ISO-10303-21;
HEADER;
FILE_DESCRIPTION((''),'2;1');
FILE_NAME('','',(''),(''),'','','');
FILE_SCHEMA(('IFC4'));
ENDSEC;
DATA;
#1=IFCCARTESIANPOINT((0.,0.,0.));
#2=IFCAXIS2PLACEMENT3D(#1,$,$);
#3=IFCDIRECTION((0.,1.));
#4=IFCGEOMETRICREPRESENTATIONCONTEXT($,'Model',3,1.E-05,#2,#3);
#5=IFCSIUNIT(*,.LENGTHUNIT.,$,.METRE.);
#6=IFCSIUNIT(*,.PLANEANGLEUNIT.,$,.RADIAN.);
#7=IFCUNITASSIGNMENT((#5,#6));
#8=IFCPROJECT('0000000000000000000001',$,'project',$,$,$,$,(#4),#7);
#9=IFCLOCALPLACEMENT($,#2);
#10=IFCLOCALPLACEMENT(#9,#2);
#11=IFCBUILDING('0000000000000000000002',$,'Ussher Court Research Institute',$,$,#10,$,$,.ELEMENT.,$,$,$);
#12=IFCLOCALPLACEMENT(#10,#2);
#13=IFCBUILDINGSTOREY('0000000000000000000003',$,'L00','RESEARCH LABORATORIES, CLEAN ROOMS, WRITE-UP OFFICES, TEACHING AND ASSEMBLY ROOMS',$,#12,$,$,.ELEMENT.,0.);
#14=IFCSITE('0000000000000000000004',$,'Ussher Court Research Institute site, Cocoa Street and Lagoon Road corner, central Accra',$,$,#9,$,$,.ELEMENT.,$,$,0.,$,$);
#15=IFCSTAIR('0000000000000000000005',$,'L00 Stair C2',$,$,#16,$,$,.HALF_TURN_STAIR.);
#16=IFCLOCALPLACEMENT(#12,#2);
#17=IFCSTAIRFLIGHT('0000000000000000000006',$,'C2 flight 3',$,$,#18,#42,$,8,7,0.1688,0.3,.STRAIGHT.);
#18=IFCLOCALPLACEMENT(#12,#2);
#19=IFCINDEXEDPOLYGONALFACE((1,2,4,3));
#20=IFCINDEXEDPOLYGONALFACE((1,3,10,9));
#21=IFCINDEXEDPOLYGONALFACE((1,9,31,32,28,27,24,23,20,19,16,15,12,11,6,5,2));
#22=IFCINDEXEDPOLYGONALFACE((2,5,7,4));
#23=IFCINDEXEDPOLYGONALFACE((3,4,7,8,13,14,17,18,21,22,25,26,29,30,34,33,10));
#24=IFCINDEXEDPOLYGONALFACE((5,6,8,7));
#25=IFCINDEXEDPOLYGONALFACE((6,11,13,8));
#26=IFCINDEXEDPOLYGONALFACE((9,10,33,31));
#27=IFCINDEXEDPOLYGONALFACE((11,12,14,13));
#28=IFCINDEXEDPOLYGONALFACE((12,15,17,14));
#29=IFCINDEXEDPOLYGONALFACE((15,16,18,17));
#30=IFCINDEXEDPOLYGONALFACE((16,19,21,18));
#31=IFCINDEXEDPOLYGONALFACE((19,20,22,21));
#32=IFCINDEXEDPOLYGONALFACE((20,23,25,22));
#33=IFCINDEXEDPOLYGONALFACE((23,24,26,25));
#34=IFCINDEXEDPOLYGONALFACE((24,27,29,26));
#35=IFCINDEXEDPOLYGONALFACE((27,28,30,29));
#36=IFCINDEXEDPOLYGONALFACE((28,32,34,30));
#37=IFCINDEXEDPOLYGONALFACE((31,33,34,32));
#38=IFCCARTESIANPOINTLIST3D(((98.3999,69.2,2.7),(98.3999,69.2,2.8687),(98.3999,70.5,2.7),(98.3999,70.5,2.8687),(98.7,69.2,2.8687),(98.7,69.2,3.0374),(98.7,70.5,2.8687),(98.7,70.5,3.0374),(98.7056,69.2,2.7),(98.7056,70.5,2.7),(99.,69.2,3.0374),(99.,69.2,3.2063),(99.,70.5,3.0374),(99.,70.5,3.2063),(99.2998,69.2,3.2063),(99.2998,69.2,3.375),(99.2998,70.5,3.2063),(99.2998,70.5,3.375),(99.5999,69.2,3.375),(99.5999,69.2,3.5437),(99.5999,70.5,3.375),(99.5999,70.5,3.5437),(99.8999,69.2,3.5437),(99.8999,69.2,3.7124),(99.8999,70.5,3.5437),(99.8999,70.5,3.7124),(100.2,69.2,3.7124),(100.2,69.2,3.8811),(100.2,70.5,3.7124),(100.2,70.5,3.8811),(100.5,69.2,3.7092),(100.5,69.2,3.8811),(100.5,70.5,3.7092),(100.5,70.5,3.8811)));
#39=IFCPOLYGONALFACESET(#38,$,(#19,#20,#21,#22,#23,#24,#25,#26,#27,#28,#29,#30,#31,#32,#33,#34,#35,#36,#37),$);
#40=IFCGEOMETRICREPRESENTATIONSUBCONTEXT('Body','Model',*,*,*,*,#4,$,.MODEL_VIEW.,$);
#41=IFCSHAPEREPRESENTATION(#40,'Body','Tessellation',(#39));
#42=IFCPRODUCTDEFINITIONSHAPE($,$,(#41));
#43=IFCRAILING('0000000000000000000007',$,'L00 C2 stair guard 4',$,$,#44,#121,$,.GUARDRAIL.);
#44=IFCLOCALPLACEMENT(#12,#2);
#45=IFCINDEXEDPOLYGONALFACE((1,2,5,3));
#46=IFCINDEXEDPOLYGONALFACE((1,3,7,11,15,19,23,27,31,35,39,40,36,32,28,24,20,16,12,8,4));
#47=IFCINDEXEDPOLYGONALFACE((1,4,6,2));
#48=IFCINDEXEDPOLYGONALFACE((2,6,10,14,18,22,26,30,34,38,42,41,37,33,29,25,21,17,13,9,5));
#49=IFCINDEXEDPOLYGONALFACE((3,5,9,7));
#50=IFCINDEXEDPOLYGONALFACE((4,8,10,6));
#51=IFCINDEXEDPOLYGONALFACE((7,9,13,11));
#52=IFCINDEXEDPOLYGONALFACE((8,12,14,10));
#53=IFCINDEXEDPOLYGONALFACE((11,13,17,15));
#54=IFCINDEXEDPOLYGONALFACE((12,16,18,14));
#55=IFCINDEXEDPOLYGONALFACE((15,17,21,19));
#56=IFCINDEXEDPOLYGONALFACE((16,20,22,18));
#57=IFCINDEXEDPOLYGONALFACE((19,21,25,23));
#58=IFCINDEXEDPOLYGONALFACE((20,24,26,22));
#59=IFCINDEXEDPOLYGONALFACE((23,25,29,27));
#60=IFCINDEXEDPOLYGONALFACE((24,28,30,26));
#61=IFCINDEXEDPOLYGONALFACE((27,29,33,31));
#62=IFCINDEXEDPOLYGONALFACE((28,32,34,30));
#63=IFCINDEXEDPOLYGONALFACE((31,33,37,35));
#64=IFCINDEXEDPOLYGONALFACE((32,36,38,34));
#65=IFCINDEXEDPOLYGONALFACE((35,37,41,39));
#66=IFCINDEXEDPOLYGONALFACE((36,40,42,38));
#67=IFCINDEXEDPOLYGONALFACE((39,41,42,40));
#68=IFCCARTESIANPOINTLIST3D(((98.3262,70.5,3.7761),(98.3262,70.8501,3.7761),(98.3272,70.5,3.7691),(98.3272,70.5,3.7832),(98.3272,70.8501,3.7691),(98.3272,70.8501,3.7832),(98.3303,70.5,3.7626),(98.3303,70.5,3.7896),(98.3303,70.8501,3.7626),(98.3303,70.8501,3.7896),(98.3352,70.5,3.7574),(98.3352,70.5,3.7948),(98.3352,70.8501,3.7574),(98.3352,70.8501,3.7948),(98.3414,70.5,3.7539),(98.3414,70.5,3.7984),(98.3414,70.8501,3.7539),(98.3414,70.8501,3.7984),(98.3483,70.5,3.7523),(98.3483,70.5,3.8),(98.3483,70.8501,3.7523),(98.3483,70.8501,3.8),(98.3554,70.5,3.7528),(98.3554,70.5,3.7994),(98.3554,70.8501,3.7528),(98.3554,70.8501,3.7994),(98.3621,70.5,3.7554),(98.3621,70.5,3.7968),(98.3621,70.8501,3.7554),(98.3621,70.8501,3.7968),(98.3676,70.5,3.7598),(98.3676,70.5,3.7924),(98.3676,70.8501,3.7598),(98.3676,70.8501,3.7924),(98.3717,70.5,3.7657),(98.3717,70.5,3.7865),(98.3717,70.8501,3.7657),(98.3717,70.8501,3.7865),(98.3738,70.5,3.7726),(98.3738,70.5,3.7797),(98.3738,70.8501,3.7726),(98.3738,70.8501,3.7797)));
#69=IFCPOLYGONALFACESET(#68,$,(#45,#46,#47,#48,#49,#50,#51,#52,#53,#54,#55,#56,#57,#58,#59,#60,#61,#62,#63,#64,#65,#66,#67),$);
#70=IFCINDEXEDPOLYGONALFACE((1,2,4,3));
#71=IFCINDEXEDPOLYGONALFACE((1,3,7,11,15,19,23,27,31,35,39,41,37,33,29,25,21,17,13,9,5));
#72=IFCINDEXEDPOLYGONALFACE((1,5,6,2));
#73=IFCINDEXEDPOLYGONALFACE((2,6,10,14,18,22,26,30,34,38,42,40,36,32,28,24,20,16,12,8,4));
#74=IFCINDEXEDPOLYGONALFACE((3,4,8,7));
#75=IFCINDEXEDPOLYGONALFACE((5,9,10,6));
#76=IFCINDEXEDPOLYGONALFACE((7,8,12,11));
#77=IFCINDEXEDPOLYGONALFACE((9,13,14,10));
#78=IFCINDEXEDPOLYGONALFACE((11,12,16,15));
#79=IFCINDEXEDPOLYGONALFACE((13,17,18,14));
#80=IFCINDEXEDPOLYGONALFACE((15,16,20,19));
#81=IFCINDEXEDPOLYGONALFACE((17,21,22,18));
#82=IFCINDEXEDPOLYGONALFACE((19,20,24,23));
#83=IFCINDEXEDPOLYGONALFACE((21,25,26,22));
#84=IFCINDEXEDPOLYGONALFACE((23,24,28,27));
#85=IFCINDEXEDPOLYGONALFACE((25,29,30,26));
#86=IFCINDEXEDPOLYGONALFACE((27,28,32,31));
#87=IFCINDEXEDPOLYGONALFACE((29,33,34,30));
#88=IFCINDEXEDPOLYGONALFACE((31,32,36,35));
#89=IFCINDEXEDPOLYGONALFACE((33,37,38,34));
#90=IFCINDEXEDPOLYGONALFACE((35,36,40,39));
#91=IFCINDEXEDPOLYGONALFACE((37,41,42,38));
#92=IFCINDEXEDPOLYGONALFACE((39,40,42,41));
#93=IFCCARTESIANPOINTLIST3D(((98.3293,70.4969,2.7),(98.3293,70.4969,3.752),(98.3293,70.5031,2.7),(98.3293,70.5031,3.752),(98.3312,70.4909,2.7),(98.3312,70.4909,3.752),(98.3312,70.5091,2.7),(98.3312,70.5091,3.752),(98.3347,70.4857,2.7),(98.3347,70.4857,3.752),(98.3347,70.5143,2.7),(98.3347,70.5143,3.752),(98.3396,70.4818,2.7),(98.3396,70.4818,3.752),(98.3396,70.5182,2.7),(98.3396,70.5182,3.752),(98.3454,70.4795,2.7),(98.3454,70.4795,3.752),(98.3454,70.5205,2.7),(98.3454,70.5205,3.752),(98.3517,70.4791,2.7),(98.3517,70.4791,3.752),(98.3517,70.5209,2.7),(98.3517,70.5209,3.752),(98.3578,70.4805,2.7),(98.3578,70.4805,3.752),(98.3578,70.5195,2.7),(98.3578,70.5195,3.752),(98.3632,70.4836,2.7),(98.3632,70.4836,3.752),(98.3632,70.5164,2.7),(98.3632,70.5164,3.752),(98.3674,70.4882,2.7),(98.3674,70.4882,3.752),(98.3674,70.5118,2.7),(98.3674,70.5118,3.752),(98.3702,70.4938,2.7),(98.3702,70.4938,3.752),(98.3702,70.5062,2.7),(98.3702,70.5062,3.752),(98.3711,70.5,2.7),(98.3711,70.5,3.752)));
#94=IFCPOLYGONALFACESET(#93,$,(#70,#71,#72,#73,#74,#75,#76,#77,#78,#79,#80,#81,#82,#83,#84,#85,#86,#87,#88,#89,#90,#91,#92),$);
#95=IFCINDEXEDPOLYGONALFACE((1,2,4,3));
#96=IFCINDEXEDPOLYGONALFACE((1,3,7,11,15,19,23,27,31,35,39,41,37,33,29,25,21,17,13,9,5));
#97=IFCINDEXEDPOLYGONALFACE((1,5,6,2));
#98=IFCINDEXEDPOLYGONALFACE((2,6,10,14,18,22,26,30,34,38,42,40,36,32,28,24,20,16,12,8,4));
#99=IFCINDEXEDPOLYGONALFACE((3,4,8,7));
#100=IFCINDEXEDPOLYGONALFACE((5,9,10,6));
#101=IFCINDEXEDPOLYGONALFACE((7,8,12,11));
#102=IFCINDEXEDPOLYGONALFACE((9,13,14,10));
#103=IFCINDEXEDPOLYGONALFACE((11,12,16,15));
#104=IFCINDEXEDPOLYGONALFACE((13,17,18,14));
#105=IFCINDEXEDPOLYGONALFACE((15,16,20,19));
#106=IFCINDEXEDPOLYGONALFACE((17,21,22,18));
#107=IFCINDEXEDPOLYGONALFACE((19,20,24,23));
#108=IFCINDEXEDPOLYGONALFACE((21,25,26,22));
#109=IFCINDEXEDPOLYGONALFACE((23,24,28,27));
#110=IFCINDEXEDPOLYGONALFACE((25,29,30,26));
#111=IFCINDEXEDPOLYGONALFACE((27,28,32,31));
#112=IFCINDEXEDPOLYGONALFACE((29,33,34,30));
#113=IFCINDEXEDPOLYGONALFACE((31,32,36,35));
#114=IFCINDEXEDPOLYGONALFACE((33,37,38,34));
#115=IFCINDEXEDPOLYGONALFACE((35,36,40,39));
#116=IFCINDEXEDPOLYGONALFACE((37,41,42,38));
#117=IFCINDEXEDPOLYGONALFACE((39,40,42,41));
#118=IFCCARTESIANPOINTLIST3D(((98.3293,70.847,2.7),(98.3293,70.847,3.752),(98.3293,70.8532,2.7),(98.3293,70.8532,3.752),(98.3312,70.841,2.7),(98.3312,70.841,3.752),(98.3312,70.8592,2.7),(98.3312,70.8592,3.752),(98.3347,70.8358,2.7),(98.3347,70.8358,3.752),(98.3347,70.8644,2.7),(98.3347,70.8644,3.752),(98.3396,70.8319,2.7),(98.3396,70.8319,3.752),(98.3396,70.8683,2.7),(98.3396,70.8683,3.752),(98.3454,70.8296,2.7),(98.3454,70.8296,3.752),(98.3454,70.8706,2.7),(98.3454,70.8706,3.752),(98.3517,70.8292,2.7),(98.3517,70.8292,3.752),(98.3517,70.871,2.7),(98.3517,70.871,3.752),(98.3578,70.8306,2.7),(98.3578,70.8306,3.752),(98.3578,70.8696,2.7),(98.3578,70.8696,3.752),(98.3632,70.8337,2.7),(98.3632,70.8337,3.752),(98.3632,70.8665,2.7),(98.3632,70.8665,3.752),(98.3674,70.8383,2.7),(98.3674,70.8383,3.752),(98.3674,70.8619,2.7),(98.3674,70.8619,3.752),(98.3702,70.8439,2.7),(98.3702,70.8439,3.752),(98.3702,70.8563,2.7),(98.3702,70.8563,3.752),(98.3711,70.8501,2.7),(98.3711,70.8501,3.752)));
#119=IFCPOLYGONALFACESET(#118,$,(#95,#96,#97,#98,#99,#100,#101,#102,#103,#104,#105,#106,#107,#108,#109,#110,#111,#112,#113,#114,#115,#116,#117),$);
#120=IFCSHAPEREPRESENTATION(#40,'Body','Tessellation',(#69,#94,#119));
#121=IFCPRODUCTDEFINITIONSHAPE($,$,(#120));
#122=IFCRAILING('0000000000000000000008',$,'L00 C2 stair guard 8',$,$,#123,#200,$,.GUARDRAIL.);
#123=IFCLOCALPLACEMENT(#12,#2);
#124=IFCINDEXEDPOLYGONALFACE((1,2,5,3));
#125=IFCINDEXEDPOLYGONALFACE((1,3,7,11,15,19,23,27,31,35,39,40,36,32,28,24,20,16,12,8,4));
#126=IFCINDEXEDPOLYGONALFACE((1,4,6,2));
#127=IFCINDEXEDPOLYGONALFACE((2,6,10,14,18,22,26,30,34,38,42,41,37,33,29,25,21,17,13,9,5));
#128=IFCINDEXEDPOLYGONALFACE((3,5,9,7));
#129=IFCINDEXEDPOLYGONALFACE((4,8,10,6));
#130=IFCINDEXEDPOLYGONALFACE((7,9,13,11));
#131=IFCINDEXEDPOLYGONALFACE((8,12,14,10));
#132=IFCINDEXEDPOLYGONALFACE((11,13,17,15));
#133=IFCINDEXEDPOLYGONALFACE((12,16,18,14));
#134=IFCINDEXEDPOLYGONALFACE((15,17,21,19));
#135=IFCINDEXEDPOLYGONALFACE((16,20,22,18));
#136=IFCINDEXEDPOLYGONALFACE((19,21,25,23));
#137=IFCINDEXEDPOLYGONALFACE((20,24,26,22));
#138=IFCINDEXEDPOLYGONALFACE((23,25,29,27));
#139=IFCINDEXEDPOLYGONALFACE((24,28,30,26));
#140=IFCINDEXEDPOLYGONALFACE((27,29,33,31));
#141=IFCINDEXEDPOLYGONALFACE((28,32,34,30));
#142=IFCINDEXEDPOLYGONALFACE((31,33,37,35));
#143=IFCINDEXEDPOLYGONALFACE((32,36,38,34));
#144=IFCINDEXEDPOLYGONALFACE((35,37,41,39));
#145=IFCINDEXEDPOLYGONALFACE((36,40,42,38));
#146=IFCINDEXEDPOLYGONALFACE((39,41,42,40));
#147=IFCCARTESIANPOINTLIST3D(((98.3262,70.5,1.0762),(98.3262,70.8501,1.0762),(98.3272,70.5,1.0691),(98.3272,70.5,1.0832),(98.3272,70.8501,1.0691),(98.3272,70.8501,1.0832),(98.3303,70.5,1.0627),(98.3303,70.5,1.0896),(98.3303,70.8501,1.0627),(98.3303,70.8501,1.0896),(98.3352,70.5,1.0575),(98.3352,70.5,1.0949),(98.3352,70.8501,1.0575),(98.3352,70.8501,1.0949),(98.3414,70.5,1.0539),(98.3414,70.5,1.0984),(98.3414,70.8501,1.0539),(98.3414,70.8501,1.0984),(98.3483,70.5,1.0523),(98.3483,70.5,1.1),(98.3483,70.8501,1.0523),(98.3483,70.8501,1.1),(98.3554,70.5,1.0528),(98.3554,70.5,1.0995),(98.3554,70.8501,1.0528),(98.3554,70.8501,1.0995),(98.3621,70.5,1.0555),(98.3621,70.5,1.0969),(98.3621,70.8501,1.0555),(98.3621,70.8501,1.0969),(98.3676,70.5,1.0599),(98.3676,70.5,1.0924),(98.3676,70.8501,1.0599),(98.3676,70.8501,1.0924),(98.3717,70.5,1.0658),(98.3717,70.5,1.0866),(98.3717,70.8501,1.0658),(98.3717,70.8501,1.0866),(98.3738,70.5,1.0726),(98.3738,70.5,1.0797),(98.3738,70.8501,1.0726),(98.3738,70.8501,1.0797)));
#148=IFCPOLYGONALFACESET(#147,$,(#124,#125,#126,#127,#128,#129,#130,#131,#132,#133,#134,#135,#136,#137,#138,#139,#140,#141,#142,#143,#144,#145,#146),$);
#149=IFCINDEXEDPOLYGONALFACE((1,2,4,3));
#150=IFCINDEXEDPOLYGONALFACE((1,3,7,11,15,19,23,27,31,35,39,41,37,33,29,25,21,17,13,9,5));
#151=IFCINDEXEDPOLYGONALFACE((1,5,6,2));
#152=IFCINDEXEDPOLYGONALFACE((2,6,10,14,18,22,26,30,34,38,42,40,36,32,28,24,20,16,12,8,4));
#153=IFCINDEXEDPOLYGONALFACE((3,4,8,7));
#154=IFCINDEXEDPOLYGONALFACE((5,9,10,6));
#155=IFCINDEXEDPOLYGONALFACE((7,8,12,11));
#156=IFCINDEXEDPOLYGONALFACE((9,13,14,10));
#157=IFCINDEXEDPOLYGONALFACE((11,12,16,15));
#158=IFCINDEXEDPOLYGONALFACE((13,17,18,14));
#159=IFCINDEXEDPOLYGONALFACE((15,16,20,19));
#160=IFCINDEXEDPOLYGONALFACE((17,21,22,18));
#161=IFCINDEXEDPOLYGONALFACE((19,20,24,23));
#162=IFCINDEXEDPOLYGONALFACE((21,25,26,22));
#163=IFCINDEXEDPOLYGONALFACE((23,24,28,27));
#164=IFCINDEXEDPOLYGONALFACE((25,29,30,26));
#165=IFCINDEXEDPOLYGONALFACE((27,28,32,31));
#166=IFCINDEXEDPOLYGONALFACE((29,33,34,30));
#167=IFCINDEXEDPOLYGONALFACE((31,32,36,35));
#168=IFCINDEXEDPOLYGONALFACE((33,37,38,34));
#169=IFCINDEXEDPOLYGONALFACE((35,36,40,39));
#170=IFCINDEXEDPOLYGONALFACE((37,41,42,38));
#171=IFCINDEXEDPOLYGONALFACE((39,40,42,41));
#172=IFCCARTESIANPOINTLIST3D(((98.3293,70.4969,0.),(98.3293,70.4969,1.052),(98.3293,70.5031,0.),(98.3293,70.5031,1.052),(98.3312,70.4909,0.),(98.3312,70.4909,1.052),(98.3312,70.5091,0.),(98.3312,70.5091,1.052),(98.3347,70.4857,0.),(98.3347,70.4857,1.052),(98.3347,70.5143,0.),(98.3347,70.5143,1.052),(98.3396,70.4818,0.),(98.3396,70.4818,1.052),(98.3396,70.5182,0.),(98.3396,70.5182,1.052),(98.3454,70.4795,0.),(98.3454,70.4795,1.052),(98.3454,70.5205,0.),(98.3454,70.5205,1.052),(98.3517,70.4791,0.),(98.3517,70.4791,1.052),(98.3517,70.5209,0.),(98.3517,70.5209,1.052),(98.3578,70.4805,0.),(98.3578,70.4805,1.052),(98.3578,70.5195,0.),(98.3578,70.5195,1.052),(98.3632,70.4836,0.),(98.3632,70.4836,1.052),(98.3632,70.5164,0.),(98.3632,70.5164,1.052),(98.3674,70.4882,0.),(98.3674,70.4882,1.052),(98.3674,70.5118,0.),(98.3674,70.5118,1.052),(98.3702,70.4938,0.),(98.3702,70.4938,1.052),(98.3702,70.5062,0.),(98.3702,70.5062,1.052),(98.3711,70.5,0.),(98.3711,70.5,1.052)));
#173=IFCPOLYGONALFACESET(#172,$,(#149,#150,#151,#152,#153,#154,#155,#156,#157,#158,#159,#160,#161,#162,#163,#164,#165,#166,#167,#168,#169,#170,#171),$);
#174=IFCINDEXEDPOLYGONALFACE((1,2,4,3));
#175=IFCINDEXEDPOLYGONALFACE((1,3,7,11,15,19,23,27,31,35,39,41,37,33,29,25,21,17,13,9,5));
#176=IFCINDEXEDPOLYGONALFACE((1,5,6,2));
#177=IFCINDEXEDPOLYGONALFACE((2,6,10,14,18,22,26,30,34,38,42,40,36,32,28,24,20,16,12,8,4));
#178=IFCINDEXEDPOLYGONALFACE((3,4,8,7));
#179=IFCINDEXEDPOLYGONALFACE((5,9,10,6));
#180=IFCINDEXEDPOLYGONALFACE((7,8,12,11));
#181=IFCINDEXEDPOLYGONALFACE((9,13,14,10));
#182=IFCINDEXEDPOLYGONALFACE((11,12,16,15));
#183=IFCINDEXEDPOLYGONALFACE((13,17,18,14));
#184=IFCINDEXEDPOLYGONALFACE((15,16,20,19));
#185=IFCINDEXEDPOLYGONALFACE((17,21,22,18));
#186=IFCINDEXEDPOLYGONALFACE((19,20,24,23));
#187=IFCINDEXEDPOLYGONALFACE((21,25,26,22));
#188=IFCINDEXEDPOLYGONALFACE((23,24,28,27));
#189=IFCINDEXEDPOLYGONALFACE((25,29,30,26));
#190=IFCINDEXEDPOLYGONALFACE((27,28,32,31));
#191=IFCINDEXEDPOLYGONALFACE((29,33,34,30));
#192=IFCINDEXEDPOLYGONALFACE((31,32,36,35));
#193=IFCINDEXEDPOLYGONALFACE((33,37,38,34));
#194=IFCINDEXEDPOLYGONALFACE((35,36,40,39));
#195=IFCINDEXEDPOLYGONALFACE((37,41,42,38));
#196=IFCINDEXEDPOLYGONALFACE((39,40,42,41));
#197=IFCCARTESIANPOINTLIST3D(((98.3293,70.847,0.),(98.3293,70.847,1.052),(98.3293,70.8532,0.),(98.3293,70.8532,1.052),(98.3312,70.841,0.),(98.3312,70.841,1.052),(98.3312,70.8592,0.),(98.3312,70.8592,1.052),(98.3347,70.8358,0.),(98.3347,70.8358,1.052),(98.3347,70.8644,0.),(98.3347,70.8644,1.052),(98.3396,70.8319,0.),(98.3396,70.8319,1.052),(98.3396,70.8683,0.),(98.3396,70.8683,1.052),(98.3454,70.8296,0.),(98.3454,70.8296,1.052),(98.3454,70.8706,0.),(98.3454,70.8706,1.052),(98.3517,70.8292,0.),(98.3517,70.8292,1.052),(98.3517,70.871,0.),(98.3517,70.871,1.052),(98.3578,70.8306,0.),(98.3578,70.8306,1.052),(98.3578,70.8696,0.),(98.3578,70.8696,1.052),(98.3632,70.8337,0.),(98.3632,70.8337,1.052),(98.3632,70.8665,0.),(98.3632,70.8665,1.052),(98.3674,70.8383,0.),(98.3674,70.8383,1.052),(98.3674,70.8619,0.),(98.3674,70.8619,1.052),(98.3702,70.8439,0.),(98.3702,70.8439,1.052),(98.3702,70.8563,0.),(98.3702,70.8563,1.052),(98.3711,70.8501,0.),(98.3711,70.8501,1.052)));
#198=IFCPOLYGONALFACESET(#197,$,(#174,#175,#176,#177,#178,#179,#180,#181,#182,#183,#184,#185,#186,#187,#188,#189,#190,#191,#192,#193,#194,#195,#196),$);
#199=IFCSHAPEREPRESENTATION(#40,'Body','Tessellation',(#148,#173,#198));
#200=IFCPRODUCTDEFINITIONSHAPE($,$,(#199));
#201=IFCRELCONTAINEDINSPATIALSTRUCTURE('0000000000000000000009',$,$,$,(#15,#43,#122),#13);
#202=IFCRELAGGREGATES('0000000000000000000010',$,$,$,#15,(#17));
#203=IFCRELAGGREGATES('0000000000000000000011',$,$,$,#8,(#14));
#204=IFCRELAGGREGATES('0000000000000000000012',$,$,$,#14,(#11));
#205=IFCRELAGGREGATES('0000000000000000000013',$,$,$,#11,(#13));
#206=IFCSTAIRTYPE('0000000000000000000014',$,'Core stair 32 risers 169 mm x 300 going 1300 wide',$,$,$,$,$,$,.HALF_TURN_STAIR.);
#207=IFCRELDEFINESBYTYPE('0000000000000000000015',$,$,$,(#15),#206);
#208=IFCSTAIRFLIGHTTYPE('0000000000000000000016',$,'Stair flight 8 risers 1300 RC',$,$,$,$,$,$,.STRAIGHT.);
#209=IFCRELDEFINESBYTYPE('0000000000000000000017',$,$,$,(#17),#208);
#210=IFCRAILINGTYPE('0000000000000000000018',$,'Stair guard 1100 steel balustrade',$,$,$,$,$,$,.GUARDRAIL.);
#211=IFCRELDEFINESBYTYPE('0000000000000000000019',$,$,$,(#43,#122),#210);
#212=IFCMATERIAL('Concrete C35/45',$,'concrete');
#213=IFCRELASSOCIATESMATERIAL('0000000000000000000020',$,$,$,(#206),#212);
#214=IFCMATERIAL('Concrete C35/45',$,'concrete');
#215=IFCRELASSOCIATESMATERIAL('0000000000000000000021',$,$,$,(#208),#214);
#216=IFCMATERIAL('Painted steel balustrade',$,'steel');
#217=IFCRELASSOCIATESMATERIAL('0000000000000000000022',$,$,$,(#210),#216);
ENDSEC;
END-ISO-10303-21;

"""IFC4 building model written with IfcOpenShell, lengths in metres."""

from ifc_helpers import new_model, si_unit, direction, frame, origin, origin_2d, place, context, subcontext, project, spatial, polyline, circle, outline, extrude, material, type_object, element, aggregate, save


model = new_model("IFC4")

# Units and contexts
model_context = context("Model", 3, precision=1e-05, world=origin(), true_north=direction((0.0, 1.0)))
body_context = subcontext(model_context, "Body", "Model", "MODEL_VIEW")
ifc_project = project(units=[si_unit("LENGTHUNIT", "METRE"), si_unit("PLANEANGLEUNIT", "RADIAN")], contexts=[model_context])

# Site, building, storey
site_placement = place(None, origin())
site = spatial("IfcSite", under=ifc_project, at=site_placement, Name="Ussher Court Research Institute site, Cocoa Street and Lagoon Road corner, central Accra", CompositionType="ELEMENT", RefElevation=0.0)
building_placement = place(site_placement, origin())
building = spatial("IfcBuilding", under=site, at=building_placement, Name="Ussher Court Research Institute", CompositionType="ELEMENT")
storey_placement = place(building_placement, origin())
storey = spatial("IfcBuildingStorey", under=building, at=storey_placement, Name="L00", Description="RESEARCH LABORATORIES, CLEAN ROOMS, WRITE-UP OFFICES, TEACHING AND ASSEMBLY ROOMS", CompositionType="ELEMENT", Elevation=0.0)

# Stair, stair flight
ifc_material_1 = material(Name="Concrete C35/45", Category="concrete")
stair_type = type_object("IfcStairType", Name="Core stair 32 risers 169 mm x 300 going 1300 wide", PredefinedType="HALF_TURN_STAIR", material=ifc_material_1)
stair_placement = place(storey_placement, origin())
stair = element("IfcStair", 1, at=stair_placement, inside=storey, type_object=stair_type, Name="L00 Stair C2", PredefinedType="HALF_TURN_STAIR")
ifc_material_2 = material(Name="Concrete C35/45", Category="concrete")
stair_flight_type = type_object("IfcStairFlightType", Name="Stair flight 8 risers 1300 RC", PredefinedType="STRAIGHT", material=ifc_material_2)
stair_flight_1_placement = place(storey_placement, frame((98.3999, 69.8501, 2.7), z_axis=(0.0, 0.0, 1.0), x_axis=(1.0, 0.0, 0.0)))
stair_flight_1 = element("IfcStairFlight", 2, at=stair_flight_1_placement, type_object=stair_flight_type, Name="C2 flight 3", NumberOfRisers=8, NumberOfTreads=7, PredefinedType="STRAIGHT", RiserHeight=0.1688, TreadLength=0.3, context=body_context, shape_type="SweptSolid", body=[
    extrude(outline(polyline([(0.0, 0.0), (0.0, 0.1687), (0.3, 0.1687), (0.3, 0.3374), (0.6001, 0.3374), (0.6001, 0.5063), (0.8999, 0.5063), (0.8999, 0.675), (1.2, 0.675), (1.2, 0.8438), (1.5, 0.8438), (1.5, 1.0125), (1.8, 1.0125), (1.8, 1.1812), (2.1001, 1.1812), (2.1001, 1.3501), (2.1001, 1.0093), (0.3057, 0.0), (0.0, 0.0)])), frame((0.0, 0.6499, 0.0), z_axis=(0.0, -1.0, 0.0), x_axis=(1.0, 0.0, 0.0)), (0.0, 0.0, 1.0), 1.3),
])
aggregate(stair, [stair_flight_1])

# Railings
ifc_material_3 = material(Name="Painted steel balustrade", Category="steel")
railing_type = type_object("IfcRailingType", Name="Stair guard 1100 steel balustrade", PredefinedType="GUARDRAIL", material=ifc_material_3)
for number, where, name in (
    (3, (98.3501, 70.5, 2.7), "L00 C2 stair guard 4"),
    (4, (98.3501, 70.5, 0.0), "L00 C2 stair guard 8"),
):
    element("IfcRailing", number, at=place(storey_placement, frame(where)), inside=storey, type_object=railing_type, Name=name, PredefinedType="GUARDRAIL", context=body_context, shape_type="SweptSolid", body=[
        extrude(circle(Radius=0.0239, at=origin_2d()), frame((0.0, 0.0, 1.0762), z_axis=(0.0, 1.0, 0.0), x_axis=(-1.0, 0.0, 0.0)), (0.0, 0.0, 1.0), 0.3501),
        extrude(circle(Radius=0.021, at=origin_2d()), origin(), (0.0, 0.0, 1.0), 1.052),
        extrude(circle(Radius=0.021, at=origin_2d()), frame((0.0, 0.3501, 0.0)), (0.0, 0.0, 1.0), 1.052),
    ])

save(model, "model.ifc")
